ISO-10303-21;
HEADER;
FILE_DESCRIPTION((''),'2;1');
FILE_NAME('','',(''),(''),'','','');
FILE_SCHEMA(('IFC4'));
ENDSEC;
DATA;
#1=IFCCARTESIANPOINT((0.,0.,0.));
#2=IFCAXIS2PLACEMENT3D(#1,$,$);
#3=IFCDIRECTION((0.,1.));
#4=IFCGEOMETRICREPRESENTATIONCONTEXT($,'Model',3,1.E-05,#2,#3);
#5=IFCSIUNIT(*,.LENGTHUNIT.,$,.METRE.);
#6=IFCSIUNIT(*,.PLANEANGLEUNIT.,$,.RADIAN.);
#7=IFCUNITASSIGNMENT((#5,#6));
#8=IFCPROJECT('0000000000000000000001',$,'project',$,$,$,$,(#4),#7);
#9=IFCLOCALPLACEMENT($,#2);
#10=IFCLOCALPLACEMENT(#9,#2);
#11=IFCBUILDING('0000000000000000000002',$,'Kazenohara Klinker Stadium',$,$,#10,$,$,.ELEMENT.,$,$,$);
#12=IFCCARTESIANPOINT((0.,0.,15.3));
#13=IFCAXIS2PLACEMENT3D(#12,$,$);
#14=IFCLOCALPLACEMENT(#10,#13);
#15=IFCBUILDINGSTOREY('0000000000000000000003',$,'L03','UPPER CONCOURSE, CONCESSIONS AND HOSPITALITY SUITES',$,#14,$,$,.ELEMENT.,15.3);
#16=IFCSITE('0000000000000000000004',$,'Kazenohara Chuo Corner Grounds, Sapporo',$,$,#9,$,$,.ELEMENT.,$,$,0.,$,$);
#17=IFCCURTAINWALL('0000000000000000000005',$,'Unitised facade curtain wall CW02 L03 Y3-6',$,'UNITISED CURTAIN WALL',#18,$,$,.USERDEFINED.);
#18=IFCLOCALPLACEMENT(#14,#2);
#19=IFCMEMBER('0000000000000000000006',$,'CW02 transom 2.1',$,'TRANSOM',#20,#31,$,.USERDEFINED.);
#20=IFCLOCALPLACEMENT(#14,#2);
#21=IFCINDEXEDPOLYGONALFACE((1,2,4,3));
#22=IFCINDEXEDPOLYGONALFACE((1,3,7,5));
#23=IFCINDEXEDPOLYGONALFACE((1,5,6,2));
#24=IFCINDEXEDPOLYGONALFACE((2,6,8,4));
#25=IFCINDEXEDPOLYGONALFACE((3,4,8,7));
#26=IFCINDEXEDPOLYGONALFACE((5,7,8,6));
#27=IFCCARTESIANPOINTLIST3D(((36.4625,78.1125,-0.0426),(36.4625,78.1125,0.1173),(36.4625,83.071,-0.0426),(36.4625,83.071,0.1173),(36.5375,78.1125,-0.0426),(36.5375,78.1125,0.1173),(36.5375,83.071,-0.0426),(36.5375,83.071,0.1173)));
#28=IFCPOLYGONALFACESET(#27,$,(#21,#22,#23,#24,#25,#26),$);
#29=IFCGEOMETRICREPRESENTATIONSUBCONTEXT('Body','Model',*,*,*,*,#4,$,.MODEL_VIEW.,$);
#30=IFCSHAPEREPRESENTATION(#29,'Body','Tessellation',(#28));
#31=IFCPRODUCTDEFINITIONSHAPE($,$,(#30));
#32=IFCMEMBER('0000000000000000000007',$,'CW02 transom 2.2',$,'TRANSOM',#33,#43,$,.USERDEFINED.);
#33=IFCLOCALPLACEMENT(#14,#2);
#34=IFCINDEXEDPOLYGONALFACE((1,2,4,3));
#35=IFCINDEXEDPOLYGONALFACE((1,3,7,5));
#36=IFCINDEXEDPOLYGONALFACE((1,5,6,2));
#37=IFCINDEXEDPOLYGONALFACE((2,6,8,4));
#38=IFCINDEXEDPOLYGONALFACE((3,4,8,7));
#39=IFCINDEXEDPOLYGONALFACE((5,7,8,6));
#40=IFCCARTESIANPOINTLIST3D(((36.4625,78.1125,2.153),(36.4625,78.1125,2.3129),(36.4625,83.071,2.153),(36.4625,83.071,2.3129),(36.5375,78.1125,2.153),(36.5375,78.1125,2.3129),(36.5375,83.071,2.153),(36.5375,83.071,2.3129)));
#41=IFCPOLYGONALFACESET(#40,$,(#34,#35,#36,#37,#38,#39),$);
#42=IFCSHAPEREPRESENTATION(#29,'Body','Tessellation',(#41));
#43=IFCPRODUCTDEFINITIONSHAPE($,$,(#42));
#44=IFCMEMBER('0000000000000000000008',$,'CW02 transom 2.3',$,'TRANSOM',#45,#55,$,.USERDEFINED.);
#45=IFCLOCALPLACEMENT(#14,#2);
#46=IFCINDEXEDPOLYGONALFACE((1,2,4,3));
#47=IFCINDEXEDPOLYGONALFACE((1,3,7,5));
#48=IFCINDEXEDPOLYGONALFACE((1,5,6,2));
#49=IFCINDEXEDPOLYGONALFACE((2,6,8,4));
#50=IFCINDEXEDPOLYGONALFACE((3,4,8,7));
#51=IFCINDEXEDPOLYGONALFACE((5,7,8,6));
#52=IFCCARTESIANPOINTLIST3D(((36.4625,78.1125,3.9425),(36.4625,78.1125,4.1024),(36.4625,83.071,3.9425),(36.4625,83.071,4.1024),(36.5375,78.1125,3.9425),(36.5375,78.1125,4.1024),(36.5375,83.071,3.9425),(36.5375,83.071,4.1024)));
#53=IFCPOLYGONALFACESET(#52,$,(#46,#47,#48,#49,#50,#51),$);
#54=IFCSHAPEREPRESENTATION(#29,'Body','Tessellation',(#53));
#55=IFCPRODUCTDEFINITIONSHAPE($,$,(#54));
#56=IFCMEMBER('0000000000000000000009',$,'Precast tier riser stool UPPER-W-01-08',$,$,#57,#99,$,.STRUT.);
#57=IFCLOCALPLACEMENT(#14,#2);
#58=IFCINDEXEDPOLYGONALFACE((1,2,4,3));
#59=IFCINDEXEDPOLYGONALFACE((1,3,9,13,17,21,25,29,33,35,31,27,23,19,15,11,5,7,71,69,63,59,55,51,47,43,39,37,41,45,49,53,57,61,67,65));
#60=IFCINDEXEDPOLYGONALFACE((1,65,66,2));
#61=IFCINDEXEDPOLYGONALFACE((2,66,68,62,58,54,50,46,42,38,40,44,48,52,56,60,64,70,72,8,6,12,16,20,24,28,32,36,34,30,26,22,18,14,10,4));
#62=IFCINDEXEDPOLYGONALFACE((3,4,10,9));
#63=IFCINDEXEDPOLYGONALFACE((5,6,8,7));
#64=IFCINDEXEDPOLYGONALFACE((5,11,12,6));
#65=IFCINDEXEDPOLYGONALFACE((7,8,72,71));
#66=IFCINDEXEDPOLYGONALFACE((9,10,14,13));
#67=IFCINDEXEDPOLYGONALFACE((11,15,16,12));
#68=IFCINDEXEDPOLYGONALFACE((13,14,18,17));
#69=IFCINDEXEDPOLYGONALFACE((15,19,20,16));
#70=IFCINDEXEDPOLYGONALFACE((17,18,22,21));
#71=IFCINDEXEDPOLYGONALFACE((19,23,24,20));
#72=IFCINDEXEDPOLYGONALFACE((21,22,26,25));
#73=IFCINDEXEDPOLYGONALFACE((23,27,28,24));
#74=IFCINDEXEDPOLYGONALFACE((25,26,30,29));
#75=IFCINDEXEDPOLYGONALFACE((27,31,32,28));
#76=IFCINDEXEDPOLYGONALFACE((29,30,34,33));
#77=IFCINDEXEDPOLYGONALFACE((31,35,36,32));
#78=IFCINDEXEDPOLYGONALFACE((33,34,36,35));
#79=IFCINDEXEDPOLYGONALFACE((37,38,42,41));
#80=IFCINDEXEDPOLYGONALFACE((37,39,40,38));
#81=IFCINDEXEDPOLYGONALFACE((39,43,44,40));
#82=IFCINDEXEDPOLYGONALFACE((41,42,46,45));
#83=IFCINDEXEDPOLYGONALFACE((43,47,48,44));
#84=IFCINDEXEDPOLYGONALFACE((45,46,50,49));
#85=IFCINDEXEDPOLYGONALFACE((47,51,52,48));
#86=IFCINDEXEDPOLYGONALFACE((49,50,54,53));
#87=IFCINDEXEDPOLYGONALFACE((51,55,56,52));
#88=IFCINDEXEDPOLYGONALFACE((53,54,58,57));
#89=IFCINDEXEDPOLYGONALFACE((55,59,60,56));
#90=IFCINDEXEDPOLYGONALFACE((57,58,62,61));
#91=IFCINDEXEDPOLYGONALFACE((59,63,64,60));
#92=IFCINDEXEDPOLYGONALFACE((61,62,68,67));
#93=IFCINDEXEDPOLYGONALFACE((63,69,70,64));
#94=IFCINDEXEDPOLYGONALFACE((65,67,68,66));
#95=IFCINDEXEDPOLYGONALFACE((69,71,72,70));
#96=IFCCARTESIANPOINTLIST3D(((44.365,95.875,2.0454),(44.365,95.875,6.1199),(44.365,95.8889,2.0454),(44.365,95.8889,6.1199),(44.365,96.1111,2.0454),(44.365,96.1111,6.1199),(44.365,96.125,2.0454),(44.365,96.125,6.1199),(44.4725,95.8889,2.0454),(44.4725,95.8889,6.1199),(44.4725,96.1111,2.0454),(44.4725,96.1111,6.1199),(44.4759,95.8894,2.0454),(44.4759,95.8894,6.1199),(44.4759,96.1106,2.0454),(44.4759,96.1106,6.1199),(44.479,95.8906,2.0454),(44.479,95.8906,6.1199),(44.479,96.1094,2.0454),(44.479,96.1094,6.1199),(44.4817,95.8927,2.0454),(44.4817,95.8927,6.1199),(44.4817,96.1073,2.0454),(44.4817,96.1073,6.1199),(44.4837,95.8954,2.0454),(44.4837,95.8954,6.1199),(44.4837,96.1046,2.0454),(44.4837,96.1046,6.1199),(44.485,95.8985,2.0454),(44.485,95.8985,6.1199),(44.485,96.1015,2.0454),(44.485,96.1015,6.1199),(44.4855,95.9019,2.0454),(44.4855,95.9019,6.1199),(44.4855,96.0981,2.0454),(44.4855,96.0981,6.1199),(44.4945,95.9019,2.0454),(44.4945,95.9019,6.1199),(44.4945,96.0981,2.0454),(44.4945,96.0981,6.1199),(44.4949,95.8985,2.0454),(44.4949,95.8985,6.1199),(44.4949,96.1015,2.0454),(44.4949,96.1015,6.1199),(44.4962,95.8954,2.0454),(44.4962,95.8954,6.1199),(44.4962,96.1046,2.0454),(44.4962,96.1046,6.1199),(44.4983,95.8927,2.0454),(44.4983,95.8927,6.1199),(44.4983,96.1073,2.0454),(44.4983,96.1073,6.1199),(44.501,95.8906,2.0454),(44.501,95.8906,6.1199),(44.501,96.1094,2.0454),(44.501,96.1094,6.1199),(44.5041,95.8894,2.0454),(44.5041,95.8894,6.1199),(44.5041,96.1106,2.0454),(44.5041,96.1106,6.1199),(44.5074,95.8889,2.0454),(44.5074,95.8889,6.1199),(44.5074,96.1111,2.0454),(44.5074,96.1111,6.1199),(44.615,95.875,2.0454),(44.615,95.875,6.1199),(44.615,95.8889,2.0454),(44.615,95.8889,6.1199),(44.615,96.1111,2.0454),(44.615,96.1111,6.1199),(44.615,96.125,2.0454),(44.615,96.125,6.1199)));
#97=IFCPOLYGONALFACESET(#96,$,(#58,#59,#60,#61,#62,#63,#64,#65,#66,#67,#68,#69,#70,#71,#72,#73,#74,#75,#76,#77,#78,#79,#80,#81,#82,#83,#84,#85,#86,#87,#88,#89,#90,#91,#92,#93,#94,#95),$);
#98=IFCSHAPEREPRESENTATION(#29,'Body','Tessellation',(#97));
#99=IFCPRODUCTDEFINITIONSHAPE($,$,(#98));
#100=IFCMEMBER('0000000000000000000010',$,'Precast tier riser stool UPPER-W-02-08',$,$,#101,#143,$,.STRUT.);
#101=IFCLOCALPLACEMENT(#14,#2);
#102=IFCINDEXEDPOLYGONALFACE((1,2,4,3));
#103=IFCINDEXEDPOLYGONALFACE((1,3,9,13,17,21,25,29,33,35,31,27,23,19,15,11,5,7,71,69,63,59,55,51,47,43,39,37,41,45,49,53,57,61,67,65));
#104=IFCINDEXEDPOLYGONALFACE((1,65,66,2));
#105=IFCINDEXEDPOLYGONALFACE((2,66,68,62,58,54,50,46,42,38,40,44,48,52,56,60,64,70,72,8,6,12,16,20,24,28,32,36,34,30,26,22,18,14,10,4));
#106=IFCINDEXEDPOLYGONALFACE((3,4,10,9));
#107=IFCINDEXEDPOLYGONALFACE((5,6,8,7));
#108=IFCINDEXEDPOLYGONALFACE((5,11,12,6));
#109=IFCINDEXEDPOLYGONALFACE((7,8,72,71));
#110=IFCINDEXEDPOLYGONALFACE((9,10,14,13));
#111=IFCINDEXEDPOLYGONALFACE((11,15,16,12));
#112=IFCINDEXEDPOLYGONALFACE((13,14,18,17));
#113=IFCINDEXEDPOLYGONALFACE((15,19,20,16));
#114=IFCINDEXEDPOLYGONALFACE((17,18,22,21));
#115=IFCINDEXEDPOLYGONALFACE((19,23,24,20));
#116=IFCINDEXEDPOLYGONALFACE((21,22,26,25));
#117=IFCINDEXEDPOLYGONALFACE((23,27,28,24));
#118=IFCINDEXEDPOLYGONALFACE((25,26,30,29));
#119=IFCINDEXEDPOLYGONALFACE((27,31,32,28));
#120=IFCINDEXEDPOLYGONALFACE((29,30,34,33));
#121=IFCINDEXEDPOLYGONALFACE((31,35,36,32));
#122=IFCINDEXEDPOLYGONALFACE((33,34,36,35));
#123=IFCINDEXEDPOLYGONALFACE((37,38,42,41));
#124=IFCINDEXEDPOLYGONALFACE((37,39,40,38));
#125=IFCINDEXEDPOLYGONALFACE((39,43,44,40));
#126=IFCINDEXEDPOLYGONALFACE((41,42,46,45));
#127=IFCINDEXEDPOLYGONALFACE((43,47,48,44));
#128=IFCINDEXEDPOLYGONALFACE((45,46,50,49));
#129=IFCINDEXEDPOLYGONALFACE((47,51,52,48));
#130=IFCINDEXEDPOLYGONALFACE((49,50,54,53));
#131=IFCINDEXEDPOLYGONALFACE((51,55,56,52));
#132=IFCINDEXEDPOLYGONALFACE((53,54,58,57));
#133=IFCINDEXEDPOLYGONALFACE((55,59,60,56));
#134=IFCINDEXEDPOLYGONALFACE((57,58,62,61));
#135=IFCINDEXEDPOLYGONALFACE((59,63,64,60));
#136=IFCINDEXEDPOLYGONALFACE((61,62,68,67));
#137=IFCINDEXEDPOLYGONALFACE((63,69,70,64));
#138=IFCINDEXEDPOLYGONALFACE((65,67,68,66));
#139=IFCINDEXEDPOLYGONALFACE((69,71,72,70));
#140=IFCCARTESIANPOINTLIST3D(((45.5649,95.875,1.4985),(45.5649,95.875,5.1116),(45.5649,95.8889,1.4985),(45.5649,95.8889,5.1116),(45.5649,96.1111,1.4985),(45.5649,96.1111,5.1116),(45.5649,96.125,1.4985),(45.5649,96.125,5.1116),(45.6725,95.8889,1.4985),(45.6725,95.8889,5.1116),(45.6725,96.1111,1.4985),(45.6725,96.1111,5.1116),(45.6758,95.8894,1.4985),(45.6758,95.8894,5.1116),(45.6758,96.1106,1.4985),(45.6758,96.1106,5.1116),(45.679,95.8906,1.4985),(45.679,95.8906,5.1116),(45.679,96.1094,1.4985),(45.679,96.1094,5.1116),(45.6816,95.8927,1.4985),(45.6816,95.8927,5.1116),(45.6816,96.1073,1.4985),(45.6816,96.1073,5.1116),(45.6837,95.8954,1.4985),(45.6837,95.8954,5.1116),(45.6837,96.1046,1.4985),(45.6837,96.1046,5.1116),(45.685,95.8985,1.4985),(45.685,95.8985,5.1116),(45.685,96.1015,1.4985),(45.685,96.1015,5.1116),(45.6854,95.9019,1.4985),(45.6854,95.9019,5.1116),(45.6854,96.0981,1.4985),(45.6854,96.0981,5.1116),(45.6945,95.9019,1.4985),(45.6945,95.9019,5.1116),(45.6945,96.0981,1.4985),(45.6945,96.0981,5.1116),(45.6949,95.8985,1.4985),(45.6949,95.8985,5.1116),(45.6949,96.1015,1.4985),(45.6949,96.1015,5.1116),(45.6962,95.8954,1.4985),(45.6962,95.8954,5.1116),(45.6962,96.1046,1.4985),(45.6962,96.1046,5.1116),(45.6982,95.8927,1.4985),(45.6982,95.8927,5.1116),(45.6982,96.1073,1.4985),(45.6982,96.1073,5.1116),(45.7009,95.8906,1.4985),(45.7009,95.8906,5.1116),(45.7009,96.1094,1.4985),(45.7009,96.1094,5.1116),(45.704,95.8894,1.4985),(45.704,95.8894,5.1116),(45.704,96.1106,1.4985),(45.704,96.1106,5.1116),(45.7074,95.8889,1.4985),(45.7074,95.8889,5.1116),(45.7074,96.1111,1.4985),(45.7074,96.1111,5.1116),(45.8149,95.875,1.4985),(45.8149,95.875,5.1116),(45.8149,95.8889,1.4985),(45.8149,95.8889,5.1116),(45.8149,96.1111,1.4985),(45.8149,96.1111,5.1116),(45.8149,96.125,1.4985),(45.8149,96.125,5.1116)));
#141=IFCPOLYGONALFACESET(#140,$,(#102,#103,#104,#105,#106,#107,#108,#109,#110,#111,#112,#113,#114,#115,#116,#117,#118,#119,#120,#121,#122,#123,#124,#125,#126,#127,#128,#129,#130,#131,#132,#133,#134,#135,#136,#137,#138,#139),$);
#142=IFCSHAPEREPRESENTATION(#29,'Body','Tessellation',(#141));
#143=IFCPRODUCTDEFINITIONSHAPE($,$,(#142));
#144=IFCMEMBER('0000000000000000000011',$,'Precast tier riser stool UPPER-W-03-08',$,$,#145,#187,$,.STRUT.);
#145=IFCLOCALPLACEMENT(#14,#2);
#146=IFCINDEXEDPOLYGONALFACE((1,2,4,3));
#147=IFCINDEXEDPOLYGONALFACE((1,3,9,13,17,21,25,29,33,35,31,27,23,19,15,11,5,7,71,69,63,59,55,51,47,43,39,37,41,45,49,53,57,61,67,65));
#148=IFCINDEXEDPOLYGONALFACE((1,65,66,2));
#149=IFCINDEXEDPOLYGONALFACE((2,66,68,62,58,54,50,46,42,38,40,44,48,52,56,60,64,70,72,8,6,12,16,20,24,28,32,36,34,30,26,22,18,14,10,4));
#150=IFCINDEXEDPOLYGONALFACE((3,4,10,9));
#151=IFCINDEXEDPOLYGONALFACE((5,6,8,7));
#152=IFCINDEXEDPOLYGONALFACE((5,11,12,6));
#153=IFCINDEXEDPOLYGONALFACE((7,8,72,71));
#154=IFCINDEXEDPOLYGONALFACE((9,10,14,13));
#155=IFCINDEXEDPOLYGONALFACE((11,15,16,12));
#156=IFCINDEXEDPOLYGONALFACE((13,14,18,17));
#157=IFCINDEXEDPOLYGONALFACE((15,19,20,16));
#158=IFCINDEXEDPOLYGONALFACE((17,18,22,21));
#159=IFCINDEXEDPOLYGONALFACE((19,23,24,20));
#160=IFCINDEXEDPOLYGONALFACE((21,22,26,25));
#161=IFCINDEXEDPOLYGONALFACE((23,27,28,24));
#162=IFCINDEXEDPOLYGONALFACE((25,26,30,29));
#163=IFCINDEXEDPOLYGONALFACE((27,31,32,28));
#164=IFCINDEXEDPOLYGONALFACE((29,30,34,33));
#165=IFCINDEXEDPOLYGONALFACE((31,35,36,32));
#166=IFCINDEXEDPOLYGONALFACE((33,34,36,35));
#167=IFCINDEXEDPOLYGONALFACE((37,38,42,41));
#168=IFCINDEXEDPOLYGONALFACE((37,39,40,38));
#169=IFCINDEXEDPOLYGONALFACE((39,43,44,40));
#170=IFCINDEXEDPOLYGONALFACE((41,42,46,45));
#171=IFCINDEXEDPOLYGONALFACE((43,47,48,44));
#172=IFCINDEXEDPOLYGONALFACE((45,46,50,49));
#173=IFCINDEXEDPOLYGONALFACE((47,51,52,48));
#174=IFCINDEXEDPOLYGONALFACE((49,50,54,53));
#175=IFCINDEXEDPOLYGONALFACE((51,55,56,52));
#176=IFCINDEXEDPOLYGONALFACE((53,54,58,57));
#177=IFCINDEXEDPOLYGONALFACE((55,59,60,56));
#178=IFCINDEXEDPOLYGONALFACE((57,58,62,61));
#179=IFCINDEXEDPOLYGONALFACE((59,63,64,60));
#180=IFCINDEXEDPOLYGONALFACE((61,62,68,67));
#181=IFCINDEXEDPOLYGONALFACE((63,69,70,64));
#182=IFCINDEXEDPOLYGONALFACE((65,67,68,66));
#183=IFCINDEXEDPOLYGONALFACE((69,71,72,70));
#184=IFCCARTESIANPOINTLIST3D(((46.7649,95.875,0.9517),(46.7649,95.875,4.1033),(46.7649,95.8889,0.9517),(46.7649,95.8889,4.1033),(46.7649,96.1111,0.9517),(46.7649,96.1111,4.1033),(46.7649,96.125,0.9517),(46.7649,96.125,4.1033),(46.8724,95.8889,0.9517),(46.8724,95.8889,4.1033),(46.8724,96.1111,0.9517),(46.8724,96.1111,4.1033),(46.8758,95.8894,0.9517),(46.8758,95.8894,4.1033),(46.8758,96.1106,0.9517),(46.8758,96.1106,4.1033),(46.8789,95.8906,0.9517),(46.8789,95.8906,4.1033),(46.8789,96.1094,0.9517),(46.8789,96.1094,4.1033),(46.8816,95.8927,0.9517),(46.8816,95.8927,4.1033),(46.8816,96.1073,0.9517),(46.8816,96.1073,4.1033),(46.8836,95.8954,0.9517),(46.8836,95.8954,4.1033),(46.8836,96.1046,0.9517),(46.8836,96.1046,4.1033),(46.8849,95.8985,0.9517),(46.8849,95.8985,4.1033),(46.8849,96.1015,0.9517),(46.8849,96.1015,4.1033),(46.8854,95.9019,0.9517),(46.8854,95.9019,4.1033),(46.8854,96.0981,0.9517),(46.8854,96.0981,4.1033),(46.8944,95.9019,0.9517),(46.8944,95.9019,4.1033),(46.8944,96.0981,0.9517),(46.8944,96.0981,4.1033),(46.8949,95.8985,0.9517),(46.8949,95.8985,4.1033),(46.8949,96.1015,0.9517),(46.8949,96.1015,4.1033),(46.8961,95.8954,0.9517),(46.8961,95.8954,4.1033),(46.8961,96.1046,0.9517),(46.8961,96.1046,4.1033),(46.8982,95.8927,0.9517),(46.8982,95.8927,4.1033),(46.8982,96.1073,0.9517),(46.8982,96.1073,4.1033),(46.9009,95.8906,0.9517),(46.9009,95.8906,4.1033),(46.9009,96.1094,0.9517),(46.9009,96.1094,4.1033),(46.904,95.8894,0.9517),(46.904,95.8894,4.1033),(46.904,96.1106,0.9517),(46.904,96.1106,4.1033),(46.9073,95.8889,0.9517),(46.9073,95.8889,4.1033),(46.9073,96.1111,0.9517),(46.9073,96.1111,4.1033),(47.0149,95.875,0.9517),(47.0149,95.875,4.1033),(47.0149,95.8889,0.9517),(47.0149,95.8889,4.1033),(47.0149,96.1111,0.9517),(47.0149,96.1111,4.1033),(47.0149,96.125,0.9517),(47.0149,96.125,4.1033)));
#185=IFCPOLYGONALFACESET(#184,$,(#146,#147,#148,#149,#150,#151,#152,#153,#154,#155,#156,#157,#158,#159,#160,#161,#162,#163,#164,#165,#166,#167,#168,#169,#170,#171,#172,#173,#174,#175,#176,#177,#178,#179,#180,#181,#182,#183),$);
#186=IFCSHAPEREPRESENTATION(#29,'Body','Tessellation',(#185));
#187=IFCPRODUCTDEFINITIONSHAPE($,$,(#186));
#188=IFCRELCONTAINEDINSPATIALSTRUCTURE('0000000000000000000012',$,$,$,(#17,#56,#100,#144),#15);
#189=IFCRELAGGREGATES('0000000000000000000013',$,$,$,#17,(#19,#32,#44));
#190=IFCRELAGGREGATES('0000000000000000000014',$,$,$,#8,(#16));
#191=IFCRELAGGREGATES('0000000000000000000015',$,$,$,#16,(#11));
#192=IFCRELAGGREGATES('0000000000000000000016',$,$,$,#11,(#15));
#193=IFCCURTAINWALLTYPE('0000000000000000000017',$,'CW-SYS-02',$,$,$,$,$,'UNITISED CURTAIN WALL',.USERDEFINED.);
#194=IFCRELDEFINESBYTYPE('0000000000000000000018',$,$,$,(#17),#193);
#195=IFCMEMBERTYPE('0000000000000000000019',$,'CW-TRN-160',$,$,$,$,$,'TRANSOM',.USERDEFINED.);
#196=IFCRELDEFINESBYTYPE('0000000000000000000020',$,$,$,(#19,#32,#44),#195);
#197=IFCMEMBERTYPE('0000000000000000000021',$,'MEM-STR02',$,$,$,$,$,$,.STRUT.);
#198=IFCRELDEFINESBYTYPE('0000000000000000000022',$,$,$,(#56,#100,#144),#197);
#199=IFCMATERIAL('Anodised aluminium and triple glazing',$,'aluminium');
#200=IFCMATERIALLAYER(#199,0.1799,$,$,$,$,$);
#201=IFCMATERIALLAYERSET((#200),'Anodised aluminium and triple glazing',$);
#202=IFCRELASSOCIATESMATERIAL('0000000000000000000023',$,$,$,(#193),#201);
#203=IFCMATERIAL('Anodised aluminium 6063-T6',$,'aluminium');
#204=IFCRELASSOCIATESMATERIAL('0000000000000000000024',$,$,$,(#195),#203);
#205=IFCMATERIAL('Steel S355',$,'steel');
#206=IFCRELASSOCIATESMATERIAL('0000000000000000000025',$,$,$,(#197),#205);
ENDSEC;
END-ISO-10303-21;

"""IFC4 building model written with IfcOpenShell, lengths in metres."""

from ifc_helpers import new_model, si_unit, direction, frame, origin, origin_2d, place, context, subcontext, project, spatial, rectangle, i_section, extrude, material, layer, layer_set, material_profile, profile_set, type_object, element, aggregate, save


model = new_model("IFC4")

# Units and contexts
model_context = context("Model", 3, precision=1e-05, world=origin(), true_north=direction((0.0, 1.0)))
body_context = subcontext(model_context, "Body", "Model", "MODEL_VIEW")
ifc_project = project(units=[si_unit("LENGTHUNIT", "METRE"), si_unit("PLANEANGLEUNIT", "RADIAN")], contexts=[model_context])

# Site, building, storey
site_placement = place(None, origin())
site = spatial("IfcSite", under=ifc_project, at=site_placement, Name="Kazenohara Chuo Corner Grounds, Sapporo", CompositionType="ELEMENT", RefElevation=0.0)
building_placement = place(site_placement, origin())
building = spatial("IfcBuilding", under=site, at=building_placement, Name="Kazenohara Klinker Stadium", CompositionType="ELEMENT")
storey_placement = place(building_placement, frame((0.0, 0.0, 15.3)))
storey = spatial("IfcBuildingStorey", under=building, at=storey_placement, Name="L03", Description="UPPER CONCOURSE, CONCESSIONS AND HOSPITALITY SUITES", CompositionType="ELEMENT", Elevation=15.3)

# Shared definitions
ifc_material_1 = material(Name="Steel S355", Category="steel")

# Curtain wall, members
ifc_material_2 = material(Name="Anodised aluminium and triple glazing", Category="aluminium")
ifc_layer_1 = layer(ifc_material_2, 0.1799)
ifc_layer_set_1 = layer_set([ifc_layer_1], Name="Anodised aluminium and triple glazing")
curtain_wall_type = type_object("IfcCurtainWallType", Name="CW-SYS-02", ElementType="UNITISED CURTAIN WALL", PredefinedType="USERDEFINED", material=ifc_layer_set_1)
curtain_wall_placement = place(storey_placement, origin())
curtain_wall = element("IfcCurtainWall", 1, at=curtain_wall_placement, inside=storey, type_object=curtain_wall_type, Name="Unitised facade curtain wall CW02 L03 Y3-6", ObjectType="UNITISED CURTAIN WALL", PredefinedType="USERDEFINED")
ifc_material_3 = material(Name="Anodised aluminium 6063-T6", Category="aluminium")
ifc_material_profile_1 = material_profile(ifc_material_3, rectangle(XDim=0.075, YDim=0.1599, at=origin_2d()), Name="ALU-TRN-75x160")
ifc_profile_set_1 = profile_set([ifc_material_profile_1], Name="Anodised aluminium 6063-T6")
member_type_1 = type_object("IfcMemberType", Name="CW-TRN-160", ElementType="TRANSOM", PredefinedType="USERDEFINED", material=ifc_profile_set_1)
member_1_placement = place(storey_placement, frame((36.5, 78.1125, 0.0374), z_axis=(0.0, 1.0, 0.0), x_axis=(-1.0, 0.0, 0.0)))
member_1 = element("IfcMember", 2, at=member_1_placement, type_object=member_type_1, Name="CW02 transom 2.1", ObjectType="TRANSOM", PredefinedType="USERDEFINED", context=body_context, shape_type="SweptSolid", body=[
    extrude(rectangle(XDim=0.075, YDim=0.1599, at=origin_2d()), origin(), (0.0, 0.0, 1.0), 4.9585),
])
member_2_placement = place(storey_placement, frame((36.5, 78.1125, 2.2329), z_axis=(0.0, 1.0, 0.0), x_axis=(-1.0, 0.0, 0.0)))
member_2 = element("IfcMember", 3, at=member_2_placement, type_object=member_type_1, Name="CW02 transom 2.2", ObjectType="TRANSOM", PredefinedType="USERDEFINED", context=body_context, shape_type="SweptSolid", body=[
    extrude(rectangle(XDim=0.075, YDim=0.1599, at=origin_2d()), origin(), (0.0, 0.0, 1.0), 4.9585),
])
member_3_placement = place(storey_placement, frame((36.5, 78.1125, 4.0225), z_axis=(0.0, 1.0, 0.0), x_axis=(-1.0, 0.0, 0.0)))
member_3 = element("IfcMember", 4, at=member_3_placement, type_object=member_type_1, Name="CW02 transom 2.3", ObjectType="TRANSOM", PredefinedType="USERDEFINED", context=body_context, shape_type="SweptSolid", body=[
    extrude(rectangle(XDim=0.075, YDim=0.1599, at=origin_2d()), origin(), (0.0, 0.0, 1.0), 4.9585),
])

# Members
ifc_material_profile_2 = material_profile(ifc_material_1, i_section(OverallWidth=0.25, OverallDepth=0.25, WebThickness=0.009, FlangeThickness=0.0139, FilletRadius=0.0129, at=origin_2d()), Name="H-250x250x9x14")
ifc_profile_set_2 = profile_set([ifc_material_profile_2], Name="Steel S355")
member_type_2 = type_object("IfcMemberType", Name="MEM-STR02", PredefinedType="STRUT", material=ifc_profile_set_2)
member_4_placement = place(storey_placement, frame((44.49, 96.0, 2.0454), z_axis=(0.0, 0.0, 1.0), x_axis=(1.0, 0.0, 0.0)))
element("IfcMember", 5, at=member_4_placement, inside=storey, type_object=member_type_2, Name="Precast tier riser stool UPPER-W-01-08", PredefinedType="STRUT", context=body_context, shape_type="SweptSolid", body=[
    extrude(i_section(OverallWidth=0.25, OverallDepth=0.25, WebThickness=0.009, FlangeThickness=0.0139, FilletRadius=0.0129, at=origin_2d()), origin(), (0.0, 0.0, 1.0), 4.0745),
])
member_5_placement = place(storey_placement, frame((45.6899, 96.0, 1.4985), z_axis=(0.0, 0.0, 1.0), x_axis=(1.0, 0.0, 0.0)))
element("IfcMember", 6, at=member_5_placement, inside=storey, type_object=member_type_2, Name="Precast tier riser stool UPPER-W-02-08", PredefinedType="STRUT", context=body_context, shape_type="SweptSolid", body=[
    extrude(i_section(OverallWidth=0.25, OverallDepth=0.25, WebThickness=0.009, FlangeThickness=0.0139, FilletRadius=0.0129, at=origin_2d()), origin(), (0.0, 0.0, 1.0), 3.613),
])
member_6_placement = place(storey_placement, frame((46.8899, 96.0, 0.9517), z_axis=(0.0, 0.0, 1.0), x_axis=(1.0, 0.0, 0.0)))
element("IfcMember", 7, at=member_6_placement, inside=storey, type_object=member_type_2, Name="Precast tier riser stool UPPER-W-03-08", PredefinedType="STRUT", context=body_context, shape_type="SweptSolid", body=[
    extrude(i_section(OverallWidth=0.25, OverallDepth=0.25, WebThickness=0.009, FlangeThickness=0.0139, FilletRadius=0.0129, at=origin_2d()), origin(), (0.0, 0.0, 1.0), 3.1516),
])

aggregate(curtain_wall, [member_1, member_2, member_3])

save(model, "model.ifc")
